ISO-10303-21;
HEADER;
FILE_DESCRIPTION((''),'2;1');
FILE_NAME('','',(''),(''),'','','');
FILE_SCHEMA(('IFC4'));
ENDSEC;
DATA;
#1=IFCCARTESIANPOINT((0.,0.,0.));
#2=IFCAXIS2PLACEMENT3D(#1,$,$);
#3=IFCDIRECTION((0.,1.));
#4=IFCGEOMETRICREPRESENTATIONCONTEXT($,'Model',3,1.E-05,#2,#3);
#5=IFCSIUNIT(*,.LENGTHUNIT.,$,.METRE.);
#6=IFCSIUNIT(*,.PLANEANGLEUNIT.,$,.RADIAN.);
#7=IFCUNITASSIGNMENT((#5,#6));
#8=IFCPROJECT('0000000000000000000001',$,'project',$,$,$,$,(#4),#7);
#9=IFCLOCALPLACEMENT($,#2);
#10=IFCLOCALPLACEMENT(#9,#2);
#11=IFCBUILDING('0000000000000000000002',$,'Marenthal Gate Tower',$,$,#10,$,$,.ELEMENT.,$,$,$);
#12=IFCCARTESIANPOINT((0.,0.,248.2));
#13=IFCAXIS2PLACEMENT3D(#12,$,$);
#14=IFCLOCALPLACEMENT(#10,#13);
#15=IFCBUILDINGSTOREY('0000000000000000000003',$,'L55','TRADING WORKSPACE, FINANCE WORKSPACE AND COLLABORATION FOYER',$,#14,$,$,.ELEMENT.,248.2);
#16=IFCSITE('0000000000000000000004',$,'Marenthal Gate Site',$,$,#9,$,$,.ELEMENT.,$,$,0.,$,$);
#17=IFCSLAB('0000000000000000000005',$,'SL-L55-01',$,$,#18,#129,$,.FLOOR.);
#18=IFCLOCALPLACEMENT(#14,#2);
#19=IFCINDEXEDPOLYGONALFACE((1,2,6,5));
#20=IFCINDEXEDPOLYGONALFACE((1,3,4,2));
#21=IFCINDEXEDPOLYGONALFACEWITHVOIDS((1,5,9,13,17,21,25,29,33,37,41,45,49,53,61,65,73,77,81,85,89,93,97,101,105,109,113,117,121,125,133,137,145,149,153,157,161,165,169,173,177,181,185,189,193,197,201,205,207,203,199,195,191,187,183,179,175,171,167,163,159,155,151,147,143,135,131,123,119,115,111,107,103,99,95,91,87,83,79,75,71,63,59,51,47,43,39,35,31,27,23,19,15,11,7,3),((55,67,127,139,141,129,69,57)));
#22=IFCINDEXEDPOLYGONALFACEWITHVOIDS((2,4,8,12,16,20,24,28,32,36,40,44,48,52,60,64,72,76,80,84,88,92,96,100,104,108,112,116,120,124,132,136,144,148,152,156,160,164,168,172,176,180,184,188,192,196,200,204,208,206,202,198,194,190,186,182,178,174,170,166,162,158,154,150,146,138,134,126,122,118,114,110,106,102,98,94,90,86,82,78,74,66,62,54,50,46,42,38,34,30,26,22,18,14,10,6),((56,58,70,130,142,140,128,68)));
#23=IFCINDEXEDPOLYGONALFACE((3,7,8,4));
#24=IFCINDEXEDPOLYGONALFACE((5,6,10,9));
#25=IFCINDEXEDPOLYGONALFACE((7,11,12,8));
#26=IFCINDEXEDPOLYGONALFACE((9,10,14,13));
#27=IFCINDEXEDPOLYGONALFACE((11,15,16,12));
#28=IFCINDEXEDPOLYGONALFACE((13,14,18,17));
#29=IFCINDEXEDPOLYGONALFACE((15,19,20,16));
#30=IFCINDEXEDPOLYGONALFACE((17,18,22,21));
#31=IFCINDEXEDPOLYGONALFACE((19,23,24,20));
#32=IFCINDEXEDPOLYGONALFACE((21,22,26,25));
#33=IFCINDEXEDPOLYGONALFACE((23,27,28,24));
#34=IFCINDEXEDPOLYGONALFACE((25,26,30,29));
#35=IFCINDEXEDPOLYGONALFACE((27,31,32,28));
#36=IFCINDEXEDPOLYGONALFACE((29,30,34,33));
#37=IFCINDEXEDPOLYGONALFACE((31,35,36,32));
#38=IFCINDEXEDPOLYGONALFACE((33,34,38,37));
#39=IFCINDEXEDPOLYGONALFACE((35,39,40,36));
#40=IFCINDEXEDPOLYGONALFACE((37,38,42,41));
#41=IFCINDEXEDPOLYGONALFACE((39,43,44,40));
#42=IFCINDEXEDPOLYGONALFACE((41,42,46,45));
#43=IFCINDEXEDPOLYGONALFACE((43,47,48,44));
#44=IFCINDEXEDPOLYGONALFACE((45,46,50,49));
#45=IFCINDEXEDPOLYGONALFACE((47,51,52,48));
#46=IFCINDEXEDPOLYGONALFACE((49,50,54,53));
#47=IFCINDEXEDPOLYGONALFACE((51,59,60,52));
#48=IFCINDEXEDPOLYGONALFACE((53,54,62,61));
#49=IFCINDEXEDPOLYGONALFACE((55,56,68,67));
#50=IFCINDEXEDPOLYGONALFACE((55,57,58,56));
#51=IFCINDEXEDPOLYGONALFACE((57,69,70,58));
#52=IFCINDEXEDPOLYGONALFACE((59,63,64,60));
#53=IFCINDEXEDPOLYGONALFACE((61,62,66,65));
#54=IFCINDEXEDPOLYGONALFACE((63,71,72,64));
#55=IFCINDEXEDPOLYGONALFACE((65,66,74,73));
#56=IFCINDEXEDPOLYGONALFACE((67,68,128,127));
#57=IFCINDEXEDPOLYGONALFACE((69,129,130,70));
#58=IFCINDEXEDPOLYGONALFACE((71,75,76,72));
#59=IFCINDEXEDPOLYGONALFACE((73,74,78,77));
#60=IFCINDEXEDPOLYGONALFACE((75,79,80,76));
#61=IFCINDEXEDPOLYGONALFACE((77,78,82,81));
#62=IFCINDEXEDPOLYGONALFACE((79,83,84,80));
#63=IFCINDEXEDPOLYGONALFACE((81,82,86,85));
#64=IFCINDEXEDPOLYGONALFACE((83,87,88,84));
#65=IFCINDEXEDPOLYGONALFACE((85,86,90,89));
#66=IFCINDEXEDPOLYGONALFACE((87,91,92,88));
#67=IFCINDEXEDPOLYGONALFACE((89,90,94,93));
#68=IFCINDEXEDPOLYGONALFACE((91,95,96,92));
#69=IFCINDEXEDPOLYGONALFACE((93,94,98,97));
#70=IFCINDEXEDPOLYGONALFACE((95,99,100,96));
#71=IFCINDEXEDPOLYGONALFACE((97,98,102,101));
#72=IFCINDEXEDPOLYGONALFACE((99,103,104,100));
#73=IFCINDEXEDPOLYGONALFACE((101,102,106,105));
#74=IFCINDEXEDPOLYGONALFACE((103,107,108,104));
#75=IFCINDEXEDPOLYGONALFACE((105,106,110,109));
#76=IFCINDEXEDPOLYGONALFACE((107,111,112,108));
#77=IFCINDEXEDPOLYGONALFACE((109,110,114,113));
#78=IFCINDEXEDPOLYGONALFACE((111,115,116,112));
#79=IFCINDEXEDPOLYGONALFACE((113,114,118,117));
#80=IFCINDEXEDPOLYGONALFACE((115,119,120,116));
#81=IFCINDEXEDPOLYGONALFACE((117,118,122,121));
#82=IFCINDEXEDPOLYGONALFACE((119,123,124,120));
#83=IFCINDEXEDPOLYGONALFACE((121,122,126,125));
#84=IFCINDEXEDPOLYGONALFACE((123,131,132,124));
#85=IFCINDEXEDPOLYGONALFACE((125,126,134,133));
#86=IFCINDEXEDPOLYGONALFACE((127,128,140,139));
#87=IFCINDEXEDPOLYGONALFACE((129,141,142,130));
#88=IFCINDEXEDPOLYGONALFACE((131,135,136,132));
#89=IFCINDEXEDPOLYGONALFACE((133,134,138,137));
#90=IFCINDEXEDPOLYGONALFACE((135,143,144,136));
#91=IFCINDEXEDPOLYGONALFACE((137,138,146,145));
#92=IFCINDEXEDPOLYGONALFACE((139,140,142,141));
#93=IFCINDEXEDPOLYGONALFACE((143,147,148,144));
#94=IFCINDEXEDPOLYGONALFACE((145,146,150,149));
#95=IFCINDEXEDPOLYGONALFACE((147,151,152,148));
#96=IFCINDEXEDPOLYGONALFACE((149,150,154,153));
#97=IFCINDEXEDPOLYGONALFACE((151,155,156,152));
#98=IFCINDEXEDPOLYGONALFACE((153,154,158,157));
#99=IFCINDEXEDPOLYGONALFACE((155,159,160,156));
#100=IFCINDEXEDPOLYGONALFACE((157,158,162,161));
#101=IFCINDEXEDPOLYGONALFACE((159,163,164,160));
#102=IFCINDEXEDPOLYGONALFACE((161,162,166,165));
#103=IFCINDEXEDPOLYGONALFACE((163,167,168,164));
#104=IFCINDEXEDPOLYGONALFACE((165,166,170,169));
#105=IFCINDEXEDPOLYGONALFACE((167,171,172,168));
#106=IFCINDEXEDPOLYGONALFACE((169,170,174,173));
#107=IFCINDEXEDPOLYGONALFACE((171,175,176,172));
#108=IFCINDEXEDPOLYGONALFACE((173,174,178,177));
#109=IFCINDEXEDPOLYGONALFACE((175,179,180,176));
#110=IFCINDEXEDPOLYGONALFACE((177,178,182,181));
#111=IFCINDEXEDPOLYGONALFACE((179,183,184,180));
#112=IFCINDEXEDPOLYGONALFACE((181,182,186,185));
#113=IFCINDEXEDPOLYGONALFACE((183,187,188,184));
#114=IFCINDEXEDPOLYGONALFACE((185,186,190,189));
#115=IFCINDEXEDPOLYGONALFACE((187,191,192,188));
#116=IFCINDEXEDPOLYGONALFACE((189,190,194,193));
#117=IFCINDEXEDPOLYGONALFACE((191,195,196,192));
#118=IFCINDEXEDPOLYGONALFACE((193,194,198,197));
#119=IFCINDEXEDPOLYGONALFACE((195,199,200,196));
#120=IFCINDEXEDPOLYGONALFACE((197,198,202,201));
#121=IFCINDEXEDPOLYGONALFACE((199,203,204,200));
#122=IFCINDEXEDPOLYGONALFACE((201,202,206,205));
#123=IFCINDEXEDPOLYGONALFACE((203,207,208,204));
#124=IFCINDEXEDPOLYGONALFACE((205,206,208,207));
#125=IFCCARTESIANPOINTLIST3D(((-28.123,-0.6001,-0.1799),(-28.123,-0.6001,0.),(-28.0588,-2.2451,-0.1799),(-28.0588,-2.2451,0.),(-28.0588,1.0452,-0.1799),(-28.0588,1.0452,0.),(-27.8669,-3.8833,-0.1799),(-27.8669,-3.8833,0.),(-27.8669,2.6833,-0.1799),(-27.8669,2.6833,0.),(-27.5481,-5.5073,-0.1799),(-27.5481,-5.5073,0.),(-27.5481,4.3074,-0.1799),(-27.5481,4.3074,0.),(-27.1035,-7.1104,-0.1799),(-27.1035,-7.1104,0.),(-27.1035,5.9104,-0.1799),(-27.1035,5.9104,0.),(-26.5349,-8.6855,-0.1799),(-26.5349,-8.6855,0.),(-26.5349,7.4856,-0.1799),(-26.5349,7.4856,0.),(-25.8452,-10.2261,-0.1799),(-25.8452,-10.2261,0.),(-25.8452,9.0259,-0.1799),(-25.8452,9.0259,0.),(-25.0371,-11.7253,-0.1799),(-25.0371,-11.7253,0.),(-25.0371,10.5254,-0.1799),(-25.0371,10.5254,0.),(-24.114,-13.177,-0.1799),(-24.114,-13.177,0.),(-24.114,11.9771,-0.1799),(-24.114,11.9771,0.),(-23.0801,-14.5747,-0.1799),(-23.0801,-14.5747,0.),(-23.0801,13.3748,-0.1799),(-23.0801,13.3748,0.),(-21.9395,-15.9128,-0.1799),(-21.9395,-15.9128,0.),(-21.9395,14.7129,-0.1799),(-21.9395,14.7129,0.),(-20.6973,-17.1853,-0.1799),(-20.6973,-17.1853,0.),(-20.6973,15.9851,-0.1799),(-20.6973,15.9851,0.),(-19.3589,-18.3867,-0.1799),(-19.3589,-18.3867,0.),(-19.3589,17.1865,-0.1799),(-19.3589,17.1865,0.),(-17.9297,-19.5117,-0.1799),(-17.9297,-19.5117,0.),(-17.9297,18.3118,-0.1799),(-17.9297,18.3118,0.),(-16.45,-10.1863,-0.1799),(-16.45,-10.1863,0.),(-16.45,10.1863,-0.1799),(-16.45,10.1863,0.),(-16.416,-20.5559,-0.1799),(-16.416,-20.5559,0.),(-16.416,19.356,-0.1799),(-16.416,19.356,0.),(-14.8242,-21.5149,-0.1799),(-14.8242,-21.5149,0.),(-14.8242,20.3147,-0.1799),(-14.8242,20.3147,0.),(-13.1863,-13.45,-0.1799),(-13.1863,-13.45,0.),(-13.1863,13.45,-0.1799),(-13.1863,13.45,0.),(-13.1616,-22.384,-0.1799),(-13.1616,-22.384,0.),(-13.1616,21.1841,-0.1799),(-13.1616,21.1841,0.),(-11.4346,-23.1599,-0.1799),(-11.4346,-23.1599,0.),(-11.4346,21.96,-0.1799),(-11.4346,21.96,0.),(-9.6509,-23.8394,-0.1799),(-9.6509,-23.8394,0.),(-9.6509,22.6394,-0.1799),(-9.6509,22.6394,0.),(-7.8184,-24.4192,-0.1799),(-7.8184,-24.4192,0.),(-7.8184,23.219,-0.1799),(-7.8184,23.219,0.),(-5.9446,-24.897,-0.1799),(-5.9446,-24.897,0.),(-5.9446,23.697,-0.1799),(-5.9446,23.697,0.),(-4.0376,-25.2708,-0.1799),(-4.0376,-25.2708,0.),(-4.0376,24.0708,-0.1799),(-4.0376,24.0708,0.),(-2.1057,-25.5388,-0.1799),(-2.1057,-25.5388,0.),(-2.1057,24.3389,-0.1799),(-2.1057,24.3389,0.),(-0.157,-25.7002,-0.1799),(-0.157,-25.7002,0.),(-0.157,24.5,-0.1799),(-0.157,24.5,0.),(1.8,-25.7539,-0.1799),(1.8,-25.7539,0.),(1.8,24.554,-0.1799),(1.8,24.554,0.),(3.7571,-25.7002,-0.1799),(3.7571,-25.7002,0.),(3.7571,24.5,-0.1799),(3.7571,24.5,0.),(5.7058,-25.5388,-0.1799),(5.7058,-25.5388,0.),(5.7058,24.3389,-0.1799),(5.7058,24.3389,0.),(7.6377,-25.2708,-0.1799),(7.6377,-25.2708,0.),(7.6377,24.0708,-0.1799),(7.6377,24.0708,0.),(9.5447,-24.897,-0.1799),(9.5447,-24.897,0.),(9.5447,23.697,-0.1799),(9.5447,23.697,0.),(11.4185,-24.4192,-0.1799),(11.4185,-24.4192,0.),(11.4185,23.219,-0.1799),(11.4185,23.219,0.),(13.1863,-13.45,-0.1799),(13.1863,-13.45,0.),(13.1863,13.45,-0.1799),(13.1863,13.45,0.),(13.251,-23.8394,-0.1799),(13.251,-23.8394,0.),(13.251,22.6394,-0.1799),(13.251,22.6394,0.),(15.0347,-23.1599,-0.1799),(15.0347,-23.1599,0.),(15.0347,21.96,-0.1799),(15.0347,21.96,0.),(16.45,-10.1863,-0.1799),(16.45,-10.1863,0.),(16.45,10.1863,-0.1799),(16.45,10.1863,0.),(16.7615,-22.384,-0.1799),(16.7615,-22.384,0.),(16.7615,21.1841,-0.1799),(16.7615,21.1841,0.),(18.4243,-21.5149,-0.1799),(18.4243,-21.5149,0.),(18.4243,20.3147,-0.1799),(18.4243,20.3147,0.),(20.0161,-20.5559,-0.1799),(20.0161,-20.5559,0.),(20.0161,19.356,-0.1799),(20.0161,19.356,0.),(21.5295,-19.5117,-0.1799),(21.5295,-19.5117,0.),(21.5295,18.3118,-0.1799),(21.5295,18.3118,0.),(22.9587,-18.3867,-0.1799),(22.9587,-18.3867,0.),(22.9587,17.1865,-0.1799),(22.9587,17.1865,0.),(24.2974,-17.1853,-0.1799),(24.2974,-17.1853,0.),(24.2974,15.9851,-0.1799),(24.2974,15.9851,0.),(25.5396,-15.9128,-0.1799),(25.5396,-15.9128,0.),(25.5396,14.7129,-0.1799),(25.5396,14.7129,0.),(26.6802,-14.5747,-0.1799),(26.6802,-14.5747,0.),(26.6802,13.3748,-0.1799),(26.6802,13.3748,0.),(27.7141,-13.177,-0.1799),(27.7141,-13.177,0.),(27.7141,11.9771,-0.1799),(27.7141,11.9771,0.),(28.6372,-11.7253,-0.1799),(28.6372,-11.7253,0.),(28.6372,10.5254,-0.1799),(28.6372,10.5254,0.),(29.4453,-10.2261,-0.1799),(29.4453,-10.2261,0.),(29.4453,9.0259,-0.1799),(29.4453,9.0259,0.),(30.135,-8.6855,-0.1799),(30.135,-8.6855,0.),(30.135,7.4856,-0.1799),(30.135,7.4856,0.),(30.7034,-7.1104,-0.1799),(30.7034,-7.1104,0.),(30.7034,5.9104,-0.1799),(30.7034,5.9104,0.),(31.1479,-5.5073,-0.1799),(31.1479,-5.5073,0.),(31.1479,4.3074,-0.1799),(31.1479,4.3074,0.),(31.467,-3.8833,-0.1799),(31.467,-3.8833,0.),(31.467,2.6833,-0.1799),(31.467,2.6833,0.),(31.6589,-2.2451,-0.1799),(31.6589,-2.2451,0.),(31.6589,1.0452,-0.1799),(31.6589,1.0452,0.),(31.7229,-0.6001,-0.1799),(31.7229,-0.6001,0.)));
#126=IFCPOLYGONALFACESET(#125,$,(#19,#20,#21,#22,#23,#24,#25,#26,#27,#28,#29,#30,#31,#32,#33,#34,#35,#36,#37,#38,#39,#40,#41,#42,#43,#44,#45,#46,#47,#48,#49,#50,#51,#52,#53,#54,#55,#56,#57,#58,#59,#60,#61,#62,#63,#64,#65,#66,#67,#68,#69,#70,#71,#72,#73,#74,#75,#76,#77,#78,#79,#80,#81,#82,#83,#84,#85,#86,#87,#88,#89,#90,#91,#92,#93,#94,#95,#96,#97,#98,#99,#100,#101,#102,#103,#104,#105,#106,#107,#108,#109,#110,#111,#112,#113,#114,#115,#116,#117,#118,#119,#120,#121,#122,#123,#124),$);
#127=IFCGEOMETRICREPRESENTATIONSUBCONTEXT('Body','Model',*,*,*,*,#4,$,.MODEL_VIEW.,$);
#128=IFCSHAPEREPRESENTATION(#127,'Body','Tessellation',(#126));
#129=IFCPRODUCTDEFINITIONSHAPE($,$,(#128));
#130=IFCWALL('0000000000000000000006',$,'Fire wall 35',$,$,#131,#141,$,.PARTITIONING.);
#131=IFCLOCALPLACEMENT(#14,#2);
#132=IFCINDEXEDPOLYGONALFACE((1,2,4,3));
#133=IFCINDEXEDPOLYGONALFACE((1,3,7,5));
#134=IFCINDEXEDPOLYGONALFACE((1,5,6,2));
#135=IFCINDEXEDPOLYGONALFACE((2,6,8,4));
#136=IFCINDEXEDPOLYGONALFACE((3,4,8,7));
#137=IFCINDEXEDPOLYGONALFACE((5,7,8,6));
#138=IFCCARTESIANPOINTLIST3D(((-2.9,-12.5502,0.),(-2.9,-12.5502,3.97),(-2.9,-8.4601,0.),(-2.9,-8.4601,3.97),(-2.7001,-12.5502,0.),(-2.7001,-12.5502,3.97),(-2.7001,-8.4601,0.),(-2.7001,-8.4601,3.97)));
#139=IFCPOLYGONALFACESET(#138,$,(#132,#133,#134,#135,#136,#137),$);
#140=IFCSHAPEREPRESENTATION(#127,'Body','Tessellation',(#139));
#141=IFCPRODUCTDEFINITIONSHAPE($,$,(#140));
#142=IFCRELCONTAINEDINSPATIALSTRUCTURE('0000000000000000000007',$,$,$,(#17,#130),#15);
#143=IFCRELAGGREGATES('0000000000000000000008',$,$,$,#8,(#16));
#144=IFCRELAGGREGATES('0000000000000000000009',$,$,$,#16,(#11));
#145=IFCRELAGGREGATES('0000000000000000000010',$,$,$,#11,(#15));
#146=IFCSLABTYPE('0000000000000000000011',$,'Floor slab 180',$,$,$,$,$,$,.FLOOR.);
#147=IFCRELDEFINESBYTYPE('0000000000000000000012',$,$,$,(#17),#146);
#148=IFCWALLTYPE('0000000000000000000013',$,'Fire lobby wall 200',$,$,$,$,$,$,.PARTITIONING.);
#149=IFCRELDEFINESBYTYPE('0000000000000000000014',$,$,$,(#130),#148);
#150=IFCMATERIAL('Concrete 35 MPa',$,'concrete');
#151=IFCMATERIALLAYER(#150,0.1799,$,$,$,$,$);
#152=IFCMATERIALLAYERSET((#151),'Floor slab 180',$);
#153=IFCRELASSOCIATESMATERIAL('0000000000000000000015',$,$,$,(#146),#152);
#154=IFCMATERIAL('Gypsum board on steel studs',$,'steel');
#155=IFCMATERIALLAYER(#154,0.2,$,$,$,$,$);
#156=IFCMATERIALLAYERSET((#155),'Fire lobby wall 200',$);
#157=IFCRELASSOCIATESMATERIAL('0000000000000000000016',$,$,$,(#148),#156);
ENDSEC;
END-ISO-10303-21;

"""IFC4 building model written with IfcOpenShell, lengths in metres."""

from ifc_helpers import new_model, si_unit, direction, frame, frame_2d, origin, place, context, subcontext, project, spatial, polyline, rectangle, outline, extrude, material, layer, layer_set, type_object, element, save


model = new_model("IFC4")

# Units and contexts
model_context = context("Model", 3, precision=1e-05, world=origin(), true_north=direction((0.0, 1.0)))
body_context = subcontext(model_context, "Body", "Model", "MODEL_VIEW")
ifc_project = project(units=[si_unit("LENGTHUNIT", "METRE"), si_unit("PLANEANGLEUNIT", "RADIAN")], contexts=[model_context])

# Site, building, storey
site_placement = place(None, origin())
site = spatial("IfcSite", under=ifc_project, at=site_placement, Name="Marenthal Gate Site", CompositionType="ELEMENT", RefElevation=0.0)
building_placement = place(site_placement, origin())
building = spatial("IfcBuilding", under=site, at=building_placement, Name="Marenthal Gate Tower", CompositionType="ELEMENT")
storey_placement = place(building_placement, frame((0.0, 0.0, 248.2)))
storey = spatial("IfcBuildingStorey", under=building, at=storey_placement, Name="L55", Description="TRADING WORKSPACE, FINANCE WORKSPACE AND COLLABORATION FOYER", CompositionType="ELEMENT", Elevation=248.2)

# Slab
ifc_material_1 = material(Name="Concrete 35 MPa", Category="concrete")
ifc_layer_1 = layer(ifc_material_1, 0.1799)
ifc_layer_set_1 = layer_set([ifc_layer_1], Name="Floor slab 180")
slab_type_1 = type_object("IfcSlabType", Name="Floor slab 180", PredefinedType="FLOOR", material=ifc_layer_set_1)
slab_1_placement = place(storey_placement, frame((0.0, 0.0, -0.1799)))
element("IfcSlab", 1, at=slab_1_placement, inside=storey, type_object=slab_type_1, Name="SL-L55-01", PredefinedType="FLOOR", context=body_context, shape_type="SweptSolid", body=[
    extrude(outline(polyline([(31.7229, -0.6001), (31.6589, 1.0452), (31.467, 2.6833), (31.1479, 4.3074), (30.7034, 5.9104), (30.135, 7.4856), (29.4453, 9.0259), (28.6372, 10.5254), (27.7141, 11.9771), (26.6802, 13.3748), (25.5396, 14.7129), (24.2974, 15.9851), (22.9587, 17.1865), (21.5295, 18.3118), (20.0161, 19.356), (18.4243, 20.3147), (16.7615, 21.1841), (15.0347, 21.96), (13.251, 22.6394), (11.4185, 23.219), (9.5447, 23.697), (7.6377, 24.0708), (5.7058, 24.3389), (3.7571, 24.5), (1.8, 24.554), (-0.157, 24.5), (-2.1057, 24.3389), (-4.0376, 24.0708), (-5.9446, 23.697), (-7.8184, 23.219), (-9.6509, 22.6394), (-11.4346, 21.96), (-13.1616, 21.1841), (-14.8242, 20.3147), (-16.416, 19.356), (-17.9297, 18.3118), (-19.3589, 17.1865), (-20.6973, 15.9851), (-21.9395, 14.7129), (-23.0801, 13.3748), (-24.114, 11.9771), (-25.0371, 10.5254), (-25.8452, 9.0259), (-26.5349, 7.4856), (-27.1035, 5.9104), (-27.5481, 4.3074), (-27.8669, 2.6833), (-28.0588, 1.0452), (-28.123, -0.6001), (-28.0588, -2.2451), (-27.8669, -3.8833), (-27.5481, -5.5073), (-27.1035, -7.1104), (-26.5349, -8.6855), (-25.8452, -10.2261), (-25.0371, -11.7253), (-24.114, -13.177), (-23.0801, -14.5747), (-21.9395, -15.9128), (-20.6973, -17.1853), (-19.3589, -18.3867), (-17.9297, -19.5117), (-16.416, -20.5559), (-14.8242, -21.5149), (-13.1616, -22.384), (-11.4346, -23.1599), (-9.6509, -23.8394), (-7.8184, -24.4192), (-5.9446, -24.897), (-4.0376, -25.2708), (-2.1057, -25.5388), (-0.157, -25.7002), (1.8, -25.7539), (3.7571, -25.7002), (5.7058, -25.5388), (7.6377, -25.2708), (9.5447, -24.897), (11.4185, -24.4192), (13.251, -23.8394), (15.0347, -23.1599), (16.7615, -22.384), (18.4243, -21.5149), (20.0161, -20.5559), (21.5295, -19.5117), (22.9587, -18.3867), (24.2974, -17.1853), (25.5396, -15.9128), (26.6802, -14.5747), (27.7141, -13.177), (28.6372, -11.7253), (29.4453, -10.2261), (30.135, -8.6855), (30.7034, -7.1104), (31.1479, -5.5073), (31.467, -3.8833), (31.6589, -2.2451), (31.7229, -0.6001)]), holes=[polyline([(13.1863, -13.45), (16.45, -10.1863), (16.45, 10.1863), (13.1863, 13.45), (-13.1863, 13.45), (-16.45, 10.1863), (-16.45, -10.1863), (-13.1863, -13.45), (13.1863, -13.45)])]), origin(), (0.0, 0.0, 1.0), 0.1799),
])

# Wall
ifc_material_2 = material(Name="Gypsum board on steel studs", Category="steel")
ifc_layer_2 = layer(ifc_material_2, 0.2)
ifc_layer_set_2 = layer_set([ifc_layer_2], Name="Fire lobby wall 200")
wall_type_1 = type_object("IfcWallType", Name="Fire lobby wall 200", PredefinedType="PARTITIONING", material=ifc_layer_set_2)
wall_1_placement = place(storey_placement, frame((-2.8, -12.55, 0.0), z_axis=(0.0, 0.0, 1.0), x_axis=(0.0, 1.0, 0.0)))
element("IfcWall", 2, at=wall_1_placement, inside=storey, type_object=wall_type_1, Name="Fire wall 35", PredefinedType="PARTITIONING", context=body_context, shape_type="SweptSolid", body=[
    extrude(rectangle(XDim=4.0901, YDim=0.2, at=frame_2d((2.0449, 0.0))), origin(), (0.0, 0.0, 1.0), 3.97),
])

save(model, "model.ifc")
